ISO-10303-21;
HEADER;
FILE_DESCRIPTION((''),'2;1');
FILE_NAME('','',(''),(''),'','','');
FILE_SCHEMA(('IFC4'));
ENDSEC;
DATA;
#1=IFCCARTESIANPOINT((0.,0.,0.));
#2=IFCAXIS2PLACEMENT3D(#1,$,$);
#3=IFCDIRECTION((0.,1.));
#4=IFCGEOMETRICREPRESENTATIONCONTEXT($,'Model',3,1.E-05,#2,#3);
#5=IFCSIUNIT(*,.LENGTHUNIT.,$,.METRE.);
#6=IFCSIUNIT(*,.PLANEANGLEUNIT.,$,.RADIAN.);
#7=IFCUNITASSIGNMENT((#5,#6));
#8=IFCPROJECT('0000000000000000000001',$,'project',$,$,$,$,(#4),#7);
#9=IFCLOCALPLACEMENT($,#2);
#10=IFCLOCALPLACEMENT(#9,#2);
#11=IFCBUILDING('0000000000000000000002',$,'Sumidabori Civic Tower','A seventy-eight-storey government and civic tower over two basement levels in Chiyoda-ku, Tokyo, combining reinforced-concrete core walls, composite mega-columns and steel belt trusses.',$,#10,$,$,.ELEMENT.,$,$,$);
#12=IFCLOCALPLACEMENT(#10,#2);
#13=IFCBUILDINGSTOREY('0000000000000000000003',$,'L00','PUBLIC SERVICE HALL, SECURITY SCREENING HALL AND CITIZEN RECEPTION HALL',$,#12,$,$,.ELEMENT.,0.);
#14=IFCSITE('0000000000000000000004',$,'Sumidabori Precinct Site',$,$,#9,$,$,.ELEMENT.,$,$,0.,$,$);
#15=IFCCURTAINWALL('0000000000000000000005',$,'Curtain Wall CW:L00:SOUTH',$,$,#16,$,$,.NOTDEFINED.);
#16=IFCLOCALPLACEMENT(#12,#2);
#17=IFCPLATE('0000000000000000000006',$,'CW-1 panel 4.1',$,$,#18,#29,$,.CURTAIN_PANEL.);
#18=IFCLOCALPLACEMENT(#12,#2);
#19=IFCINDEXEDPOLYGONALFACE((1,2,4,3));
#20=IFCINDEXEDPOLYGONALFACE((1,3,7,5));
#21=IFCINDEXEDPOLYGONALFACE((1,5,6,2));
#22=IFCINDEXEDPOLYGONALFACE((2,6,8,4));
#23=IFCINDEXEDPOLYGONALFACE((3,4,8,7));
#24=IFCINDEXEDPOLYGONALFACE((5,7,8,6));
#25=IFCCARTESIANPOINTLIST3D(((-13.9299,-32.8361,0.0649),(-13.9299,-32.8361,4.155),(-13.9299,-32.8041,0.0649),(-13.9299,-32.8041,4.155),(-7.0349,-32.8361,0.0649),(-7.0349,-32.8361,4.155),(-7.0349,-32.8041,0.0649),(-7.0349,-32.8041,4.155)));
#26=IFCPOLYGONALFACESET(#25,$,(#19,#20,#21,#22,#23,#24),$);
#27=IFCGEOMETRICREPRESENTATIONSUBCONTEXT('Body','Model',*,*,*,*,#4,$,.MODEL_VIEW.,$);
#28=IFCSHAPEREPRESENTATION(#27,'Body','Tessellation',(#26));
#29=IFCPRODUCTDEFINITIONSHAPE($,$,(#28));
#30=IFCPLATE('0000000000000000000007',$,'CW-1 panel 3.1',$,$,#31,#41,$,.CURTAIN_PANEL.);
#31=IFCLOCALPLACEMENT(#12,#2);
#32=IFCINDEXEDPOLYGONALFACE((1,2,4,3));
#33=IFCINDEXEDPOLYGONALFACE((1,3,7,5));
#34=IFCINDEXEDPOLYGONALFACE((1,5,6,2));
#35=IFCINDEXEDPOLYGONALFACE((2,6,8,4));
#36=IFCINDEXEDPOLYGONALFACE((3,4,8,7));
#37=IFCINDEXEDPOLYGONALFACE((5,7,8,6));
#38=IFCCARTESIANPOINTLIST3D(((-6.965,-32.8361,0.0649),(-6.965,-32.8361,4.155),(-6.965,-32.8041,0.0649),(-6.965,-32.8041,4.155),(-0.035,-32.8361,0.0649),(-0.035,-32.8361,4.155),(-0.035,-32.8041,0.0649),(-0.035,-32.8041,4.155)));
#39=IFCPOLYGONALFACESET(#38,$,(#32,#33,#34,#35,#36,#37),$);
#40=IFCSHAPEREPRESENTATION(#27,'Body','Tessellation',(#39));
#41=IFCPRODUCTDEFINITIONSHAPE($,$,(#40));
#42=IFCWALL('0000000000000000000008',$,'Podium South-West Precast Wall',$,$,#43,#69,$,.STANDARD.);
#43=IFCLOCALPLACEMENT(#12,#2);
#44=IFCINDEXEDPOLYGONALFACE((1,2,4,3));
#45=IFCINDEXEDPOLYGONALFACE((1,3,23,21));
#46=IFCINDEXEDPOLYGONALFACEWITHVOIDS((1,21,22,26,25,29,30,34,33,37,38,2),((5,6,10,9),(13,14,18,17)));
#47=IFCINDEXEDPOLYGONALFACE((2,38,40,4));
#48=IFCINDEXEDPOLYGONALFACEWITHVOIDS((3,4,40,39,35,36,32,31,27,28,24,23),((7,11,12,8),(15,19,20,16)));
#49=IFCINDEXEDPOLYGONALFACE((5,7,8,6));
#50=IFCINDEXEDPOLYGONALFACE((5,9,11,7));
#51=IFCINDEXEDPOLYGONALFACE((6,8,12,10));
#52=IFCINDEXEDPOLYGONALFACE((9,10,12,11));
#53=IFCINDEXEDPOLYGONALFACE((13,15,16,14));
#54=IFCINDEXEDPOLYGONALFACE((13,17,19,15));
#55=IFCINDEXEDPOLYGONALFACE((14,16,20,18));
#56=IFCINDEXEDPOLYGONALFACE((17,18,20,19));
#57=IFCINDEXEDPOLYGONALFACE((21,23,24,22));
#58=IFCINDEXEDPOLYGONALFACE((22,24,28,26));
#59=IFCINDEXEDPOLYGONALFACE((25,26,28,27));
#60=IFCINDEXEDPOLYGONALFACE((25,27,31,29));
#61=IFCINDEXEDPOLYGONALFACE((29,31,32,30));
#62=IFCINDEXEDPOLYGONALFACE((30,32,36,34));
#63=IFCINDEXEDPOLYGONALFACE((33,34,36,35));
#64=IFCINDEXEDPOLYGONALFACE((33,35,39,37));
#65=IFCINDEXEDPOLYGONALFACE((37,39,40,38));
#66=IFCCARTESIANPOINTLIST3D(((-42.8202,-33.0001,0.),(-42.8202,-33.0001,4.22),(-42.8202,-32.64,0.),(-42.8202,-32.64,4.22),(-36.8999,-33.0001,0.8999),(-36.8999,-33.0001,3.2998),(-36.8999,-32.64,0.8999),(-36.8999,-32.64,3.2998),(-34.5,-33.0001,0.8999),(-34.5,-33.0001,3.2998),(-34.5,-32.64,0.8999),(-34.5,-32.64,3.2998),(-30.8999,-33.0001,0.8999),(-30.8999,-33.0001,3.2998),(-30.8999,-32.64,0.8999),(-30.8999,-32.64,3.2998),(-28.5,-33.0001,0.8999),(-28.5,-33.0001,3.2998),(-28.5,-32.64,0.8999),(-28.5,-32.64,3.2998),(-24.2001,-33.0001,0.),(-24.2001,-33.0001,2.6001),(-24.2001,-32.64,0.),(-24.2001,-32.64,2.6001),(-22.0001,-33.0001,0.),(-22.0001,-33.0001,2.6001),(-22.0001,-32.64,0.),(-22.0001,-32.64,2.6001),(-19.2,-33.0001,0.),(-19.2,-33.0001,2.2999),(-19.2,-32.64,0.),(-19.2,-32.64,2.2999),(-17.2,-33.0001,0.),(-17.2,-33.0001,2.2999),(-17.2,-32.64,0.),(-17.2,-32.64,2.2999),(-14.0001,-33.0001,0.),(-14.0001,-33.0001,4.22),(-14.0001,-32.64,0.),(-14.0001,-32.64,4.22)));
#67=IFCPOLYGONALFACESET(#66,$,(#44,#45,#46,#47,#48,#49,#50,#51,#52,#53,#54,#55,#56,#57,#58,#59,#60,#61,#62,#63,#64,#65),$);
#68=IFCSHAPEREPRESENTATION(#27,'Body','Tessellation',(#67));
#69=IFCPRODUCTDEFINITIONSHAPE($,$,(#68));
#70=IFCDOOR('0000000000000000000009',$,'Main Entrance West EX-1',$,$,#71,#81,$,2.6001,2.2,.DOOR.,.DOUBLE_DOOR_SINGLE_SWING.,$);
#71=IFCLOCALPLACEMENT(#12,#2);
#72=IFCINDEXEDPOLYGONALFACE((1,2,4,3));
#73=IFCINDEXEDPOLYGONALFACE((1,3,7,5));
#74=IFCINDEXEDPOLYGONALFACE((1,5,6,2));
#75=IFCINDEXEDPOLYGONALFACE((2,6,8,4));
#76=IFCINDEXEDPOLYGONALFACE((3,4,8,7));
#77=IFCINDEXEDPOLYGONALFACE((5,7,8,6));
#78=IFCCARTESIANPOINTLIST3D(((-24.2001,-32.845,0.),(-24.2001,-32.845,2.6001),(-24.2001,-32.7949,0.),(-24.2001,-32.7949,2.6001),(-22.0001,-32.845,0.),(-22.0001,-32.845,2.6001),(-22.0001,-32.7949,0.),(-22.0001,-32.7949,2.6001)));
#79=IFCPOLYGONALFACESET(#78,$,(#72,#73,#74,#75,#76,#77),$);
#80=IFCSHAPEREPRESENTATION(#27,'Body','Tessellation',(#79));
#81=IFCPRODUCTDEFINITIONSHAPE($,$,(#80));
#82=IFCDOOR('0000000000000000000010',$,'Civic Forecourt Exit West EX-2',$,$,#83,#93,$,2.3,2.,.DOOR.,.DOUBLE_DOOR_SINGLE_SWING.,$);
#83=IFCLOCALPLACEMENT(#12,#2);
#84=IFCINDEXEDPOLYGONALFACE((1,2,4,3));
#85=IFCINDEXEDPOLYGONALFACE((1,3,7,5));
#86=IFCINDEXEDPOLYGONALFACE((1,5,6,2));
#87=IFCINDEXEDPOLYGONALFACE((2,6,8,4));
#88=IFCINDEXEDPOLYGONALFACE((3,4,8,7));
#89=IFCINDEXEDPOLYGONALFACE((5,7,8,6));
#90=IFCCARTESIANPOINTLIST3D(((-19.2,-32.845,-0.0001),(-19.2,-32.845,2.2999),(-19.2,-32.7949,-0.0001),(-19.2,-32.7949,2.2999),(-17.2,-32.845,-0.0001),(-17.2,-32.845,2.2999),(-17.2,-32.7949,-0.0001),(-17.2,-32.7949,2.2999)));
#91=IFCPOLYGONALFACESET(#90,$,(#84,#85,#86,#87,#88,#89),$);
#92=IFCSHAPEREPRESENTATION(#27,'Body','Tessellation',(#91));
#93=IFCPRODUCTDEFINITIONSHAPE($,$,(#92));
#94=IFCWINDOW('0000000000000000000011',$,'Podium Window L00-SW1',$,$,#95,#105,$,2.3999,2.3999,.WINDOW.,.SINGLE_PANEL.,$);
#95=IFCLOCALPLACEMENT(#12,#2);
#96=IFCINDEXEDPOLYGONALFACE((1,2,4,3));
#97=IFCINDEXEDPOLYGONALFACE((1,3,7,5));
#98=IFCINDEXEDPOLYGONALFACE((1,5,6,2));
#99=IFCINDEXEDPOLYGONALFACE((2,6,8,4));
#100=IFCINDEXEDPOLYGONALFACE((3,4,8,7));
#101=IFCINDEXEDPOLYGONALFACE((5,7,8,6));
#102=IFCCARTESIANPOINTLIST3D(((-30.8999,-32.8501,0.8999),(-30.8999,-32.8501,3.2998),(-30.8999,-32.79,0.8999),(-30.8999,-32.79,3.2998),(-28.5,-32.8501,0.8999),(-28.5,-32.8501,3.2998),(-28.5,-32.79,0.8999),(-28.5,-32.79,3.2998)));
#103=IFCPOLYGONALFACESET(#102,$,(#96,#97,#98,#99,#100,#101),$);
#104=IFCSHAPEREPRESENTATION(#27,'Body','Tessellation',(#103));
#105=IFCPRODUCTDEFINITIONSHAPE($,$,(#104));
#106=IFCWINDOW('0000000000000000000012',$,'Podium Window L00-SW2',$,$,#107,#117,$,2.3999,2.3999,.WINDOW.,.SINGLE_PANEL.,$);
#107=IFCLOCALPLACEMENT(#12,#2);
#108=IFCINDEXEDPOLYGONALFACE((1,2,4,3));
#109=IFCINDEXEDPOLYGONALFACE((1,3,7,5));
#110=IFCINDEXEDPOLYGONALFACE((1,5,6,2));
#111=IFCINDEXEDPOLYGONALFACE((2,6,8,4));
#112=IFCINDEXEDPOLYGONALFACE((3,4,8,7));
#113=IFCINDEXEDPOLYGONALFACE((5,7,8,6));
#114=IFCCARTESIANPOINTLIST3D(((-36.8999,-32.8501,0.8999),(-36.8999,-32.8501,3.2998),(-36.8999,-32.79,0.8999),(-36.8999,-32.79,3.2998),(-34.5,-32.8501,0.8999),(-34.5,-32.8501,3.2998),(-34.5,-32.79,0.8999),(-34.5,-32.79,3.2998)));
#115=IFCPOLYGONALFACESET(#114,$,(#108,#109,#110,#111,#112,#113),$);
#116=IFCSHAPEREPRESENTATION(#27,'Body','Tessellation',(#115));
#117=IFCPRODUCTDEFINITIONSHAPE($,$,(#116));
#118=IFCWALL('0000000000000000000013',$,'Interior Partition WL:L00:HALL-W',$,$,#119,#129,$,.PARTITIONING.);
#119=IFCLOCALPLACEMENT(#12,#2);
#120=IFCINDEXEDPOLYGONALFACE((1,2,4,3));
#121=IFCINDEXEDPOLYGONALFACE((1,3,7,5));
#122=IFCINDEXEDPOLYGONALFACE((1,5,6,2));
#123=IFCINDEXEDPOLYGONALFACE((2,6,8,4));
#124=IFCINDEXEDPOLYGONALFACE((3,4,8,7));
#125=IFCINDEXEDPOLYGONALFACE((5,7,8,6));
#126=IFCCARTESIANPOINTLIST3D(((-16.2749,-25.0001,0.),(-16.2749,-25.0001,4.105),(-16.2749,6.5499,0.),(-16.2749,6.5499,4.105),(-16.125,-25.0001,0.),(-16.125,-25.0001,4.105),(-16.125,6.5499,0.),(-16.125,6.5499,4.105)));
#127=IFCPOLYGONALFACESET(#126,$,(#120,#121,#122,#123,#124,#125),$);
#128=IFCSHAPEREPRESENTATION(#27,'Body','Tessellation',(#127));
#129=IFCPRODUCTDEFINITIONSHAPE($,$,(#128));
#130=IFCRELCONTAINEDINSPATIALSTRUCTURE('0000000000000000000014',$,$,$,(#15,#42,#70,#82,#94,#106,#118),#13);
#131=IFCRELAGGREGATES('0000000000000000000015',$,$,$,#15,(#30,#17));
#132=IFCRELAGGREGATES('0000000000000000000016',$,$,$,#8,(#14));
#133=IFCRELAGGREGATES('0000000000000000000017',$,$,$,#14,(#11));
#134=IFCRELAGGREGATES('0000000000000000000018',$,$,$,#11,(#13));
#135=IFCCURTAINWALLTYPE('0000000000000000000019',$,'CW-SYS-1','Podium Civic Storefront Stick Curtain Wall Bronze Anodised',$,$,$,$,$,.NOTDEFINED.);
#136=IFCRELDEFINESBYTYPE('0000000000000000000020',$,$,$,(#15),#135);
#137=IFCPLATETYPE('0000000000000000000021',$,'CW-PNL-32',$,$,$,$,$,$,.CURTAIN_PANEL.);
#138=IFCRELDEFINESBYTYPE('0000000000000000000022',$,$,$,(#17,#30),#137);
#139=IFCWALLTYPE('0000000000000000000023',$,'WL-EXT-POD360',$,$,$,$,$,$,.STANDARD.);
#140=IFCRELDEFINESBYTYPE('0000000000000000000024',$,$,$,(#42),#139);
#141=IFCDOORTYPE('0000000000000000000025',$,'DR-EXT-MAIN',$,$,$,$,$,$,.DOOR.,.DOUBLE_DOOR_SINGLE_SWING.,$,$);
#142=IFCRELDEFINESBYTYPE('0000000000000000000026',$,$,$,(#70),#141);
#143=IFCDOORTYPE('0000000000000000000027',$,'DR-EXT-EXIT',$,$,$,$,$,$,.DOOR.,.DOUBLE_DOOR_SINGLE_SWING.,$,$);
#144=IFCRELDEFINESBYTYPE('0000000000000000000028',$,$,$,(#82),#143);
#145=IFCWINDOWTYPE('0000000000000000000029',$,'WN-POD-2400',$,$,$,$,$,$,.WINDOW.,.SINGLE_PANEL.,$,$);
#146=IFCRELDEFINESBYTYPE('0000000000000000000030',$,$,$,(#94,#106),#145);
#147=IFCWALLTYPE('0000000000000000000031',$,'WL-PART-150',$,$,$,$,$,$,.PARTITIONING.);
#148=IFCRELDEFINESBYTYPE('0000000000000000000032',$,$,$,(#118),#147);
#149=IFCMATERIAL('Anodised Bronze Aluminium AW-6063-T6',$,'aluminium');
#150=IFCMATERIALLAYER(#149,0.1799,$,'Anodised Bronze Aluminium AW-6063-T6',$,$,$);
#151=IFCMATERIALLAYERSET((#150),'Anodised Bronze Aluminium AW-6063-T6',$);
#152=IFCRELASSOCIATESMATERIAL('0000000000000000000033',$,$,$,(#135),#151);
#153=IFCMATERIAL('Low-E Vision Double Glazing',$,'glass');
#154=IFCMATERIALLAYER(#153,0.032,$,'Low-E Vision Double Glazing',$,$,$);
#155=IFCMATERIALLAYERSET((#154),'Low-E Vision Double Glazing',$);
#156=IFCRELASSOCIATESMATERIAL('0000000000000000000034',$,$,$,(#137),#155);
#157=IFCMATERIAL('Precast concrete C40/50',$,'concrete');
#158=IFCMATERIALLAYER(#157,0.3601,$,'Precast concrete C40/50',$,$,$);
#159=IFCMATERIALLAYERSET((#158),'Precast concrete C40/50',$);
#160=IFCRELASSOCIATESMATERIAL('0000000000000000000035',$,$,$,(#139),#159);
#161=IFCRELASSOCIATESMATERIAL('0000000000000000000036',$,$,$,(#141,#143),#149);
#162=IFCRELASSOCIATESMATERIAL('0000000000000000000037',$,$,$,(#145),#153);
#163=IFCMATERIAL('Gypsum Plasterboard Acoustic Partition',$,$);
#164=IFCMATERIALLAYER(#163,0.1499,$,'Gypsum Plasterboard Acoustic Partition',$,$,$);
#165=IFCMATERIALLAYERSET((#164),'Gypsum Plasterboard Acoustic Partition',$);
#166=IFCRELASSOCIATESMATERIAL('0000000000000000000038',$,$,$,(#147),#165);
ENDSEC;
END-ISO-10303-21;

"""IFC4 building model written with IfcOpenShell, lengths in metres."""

from ifc_helpers import new_model, si_unit, direction, frame, frame_2d, origin, origin_2d, place, context, subcontext, project, spatial, rectangle, extrude, source, transform, mapped, material, layer, layer_set, type_object, element, fill, aggregate, save


model = new_model("IFC4")

# Units and contexts
model_context = context("Model", 3, precision=1e-05, world=origin(), true_north=direction((0.0, 1.0)))
body_context = subcontext(model_context, "Body", "Model", "MODEL_VIEW")
ifc_project = project(units=[si_unit("LENGTHUNIT", "METRE"), si_unit("PLANEANGLEUNIT", "RADIAN")], contexts=[model_context])

# Site, building, storey
site_placement = place(None, origin())
site = spatial("IfcSite", under=ifc_project, at=site_placement, Name="Sumidabori Precinct Site", CompositionType="ELEMENT", RefElevation=0.0)
building_placement = place(site_placement, origin())
building = spatial("IfcBuilding", under=site, at=building_placement, Name="Sumidabori Civic Tower", Description="A seventy-eight-storey government and civic tower over two basement levels in Chiyoda-ku, Tokyo, combining reinforced-concrete core walls, composite mega-columns and steel belt trusses.", CompositionType="ELEMENT")
storey_placement = place(building_placement, origin())
storey = spatial("IfcBuildingStorey", under=building, at=storey_placement, Name="L00", Description="PUBLIC SERVICE HALL, SECURITY SCREENING HALL AND CITIZEN RECEPTION HALL", CompositionType="ELEMENT", Elevation=0.0)

# Curtain wall, plates
ifc_material_1 = material(Name="Anodised Bronze Aluminium AW-6063-T6", Category="aluminium")
ifc_layer_1 = layer(ifc_material_1, 0.1799, Name="Anodised Bronze Aluminium AW-6063-T6")
ifc_layer_set_1 = layer_set([ifc_layer_1], Name="Anodised Bronze Aluminium AW-6063-T6")
curtain_wall_type = type_object("IfcCurtainWallType", Name="CW-SYS-1", Description="Podium Civic Storefront Stick Curtain Wall Bronze Anodised", PredefinedType="NOTDEFINED", material=ifc_layer_set_1)
curtain_wall_placement = place(storey_placement, origin())
curtain_wall = element("IfcCurtainWall", 1, at=curtain_wall_placement, inside=storey, type_object=curtain_wall_type, Name="Curtain Wall CW:L00:SOUTH", PredefinedType="NOTDEFINED")
ifc_material_2 = material(Name="Low-E Vision Double Glazing", Category="glass")
ifc_layer_2 = layer(ifc_material_2, 0.032, Name="Low-E Vision Double Glazing")
ifc_layer_set_2 = layer_set([ifc_layer_2], Name="Low-E Vision Double Glazing")
plate_type = type_object("IfcPlateType", Name="CW-PNL-32", PredefinedType="CURTAIN_PANEL", material=ifc_layer_set_2)
shared_shape_1 = source(origin(), body_context, "Body", "SweptSolid", [
    extrude(rectangle(XDim=6.895, YDim=0.032, at=origin_2d()), origin(), (0.0, 0.0, 1.0), 4.0901),
])
plate_1_placement = place(storey_placement, frame((-10.4824, -32.8201, 0.0649), z_axis=(0.0, 0.0, 1.0), x_axis=(-1.0, 0.0, 0.0)))
plate_1 = element("IfcPlate", 2, at=plate_1_placement, type_object=plate_type, Name="CW-1 panel 4.1", PredefinedType="CURTAIN_PANEL", context=body_context, shape_type="MappedRepresentation", body=[
    mapped(shared_shape_1, transform((0.0, 0.0, 0.0), x_axis=(1.0, 0.0, 0.0), y_axis=(0.0, 1.0, 0.0), z_axis=(0.0, 0.0, 1.0), scale=1.0)),
])
shared_shape_2 = source(origin(), body_context, "Body", "SweptSolid", [
    extrude(rectangle(XDim=6.9299, YDim=0.032, at=origin_2d()), origin(), (0.0, 0.0, 1.0), 4.0901),
])
plate_2_placement = place(storey_placement, frame((-3.5, -32.8201, 0.0649), z_axis=(0.0, 0.0, 1.0), x_axis=(-1.0, 0.0, 0.0)))
plate_2 = element("IfcPlate", 3, at=plate_2_placement, type_object=plate_type, Name="CW-1 panel 3.1", PredefinedType="CURTAIN_PANEL", context=body_context, shape_type="MappedRepresentation", body=[
    mapped(shared_shape_2, transform((0.0, 0.0, 0.0), x_axis=(1.0, 0.0, 0.0), y_axis=(0.0, 1.0, 0.0), z_axis=(0.0, 0.0, 1.0), scale=1.0)),
])
aggregate(curtain_wall, [plate_2, plate_1])

# Wall, openings, doors, windows
ifc_material_3 = material(Name="Precast concrete C40/50", Category="concrete")
ifc_layer_3 = layer(ifc_material_3, 0.3601, Name="Precast concrete C40/50")
ifc_layer_set_3 = layer_set([ifc_layer_3], Name="Precast concrete C40/50")
wall_type_1 = type_object("IfcWallType", Name="WL-EXT-POD360", PredefinedType="STANDARD", material=ifc_layer_set_3)
shared_shape_3 = source(origin(), body_context, "Body", "SweptSolid", [
    extrude(rectangle(XDim=28.8201, YDim=0.3601, at=frame_2d((14.4102, 0.0))), origin(), (0.0, 0.0, 1.0), 4.22),
])
wall_1_placement = place(storey_placement, frame((-14.0, -32.8201, 0.0), z_axis=(0.0, 0.0, 1.0), x_axis=(-1.0, 0.0, 0.0)))
wall_1 = element("IfcWall", 4, at=wall_1_placement, inside=storey, type_object=wall_type_1, Name="Podium South-West Precast Wall", PredefinedType="STANDARD", context=body_context, shape_type="MappedRepresentation", body=[
    mapped(shared_shape_3, transform((0.0, 0.0, 0.0), x_axis=(1.0, 0.0, 0.0), y_axis=(0.0, 1.0, 0.0), z_axis=(0.0, 0.0, 1.0), scale=1.0)),
])
opening_1_placement = place(wall_1_placement, frame((8.0, 0.0, 0.0)))
opening_1 = element("IfcOpeningElement", 5, at=opening_1_placement, cuts=wall_1, PredefinedType="OPENING", context=body_context, shape_type="SweptSolid", body=[
    extrude(rectangle(XDim=2.2, YDim=2.6001, at=frame_2d((1.1001, 1.3))), frame((0.0, 0.1919, 0.0), z_axis=(0.0, -1.0, 0.0), x_axis=(1.0, 0.0, 0.0)), (0.0, 0.0, 1.0), 0.384),
])
opening_2_placement = place(wall_1_placement, frame((3.2, 0.0, 0.0)))
opening_2 = element("IfcOpeningElement", 6, at=opening_2_placement, cuts=wall_1, PredefinedType="OPENING", context=body_context, shape_type="SweptSolid", body=[
    extrude(rectangle(XDim=2.0, YDim=2.3, at=frame_2d((1.0, 1.1499))), frame((0.0, 0.1919, 0.0), z_axis=(0.0, -1.0, 0.0), x_axis=(1.0, 0.0, 0.0)), (0.0, 0.0, 1.0), 0.384),
])
opening_3_placement = place(wall_1_placement, frame((14.5, 0.0, 0.8999)))
opening_3 = element("IfcOpeningElement", 7, at=opening_3_placement, cuts=wall_1, PredefinedType="OPENING", context=body_context, shape_type="SweptSolid", body=[
    extrude(rectangle(XDim=2.3999, YDim=2.3999, at=frame_2d((1.2, 1.2))), frame((0.0, 0.1919, 0.0), z_axis=(0.0, -1.0, 0.0), x_axis=(1.0, 0.0, 0.0)), (0.0, 0.0, 1.0), 0.384),
])
opening_4_placement = place(wall_1_placement, frame((20.5, 0.0, 0.8999)))
opening_4 = element("IfcOpeningElement", 8, at=opening_4_placement, cuts=wall_1, PredefinedType="OPENING", context=body_context, shape_type="SweptSolid", body=[
    extrude(rectangle(XDim=2.3999, YDim=2.3999, at=frame_2d((1.2, 1.2))), frame((0.0, 0.1919, 0.0), z_axis=(0.0, -1.0, 0.0), x_axis=(1.0, 0.0, 0.0)), (0.0, 0.0, 1.0), 0.384),
])
door_type_1 = type_object("IfcDoorType", Name="DR-EXT-MAIN", OperationType="DOUBLE_DOOR_SINGLE_SWING", PredefinedType="DOOR", material=ifc_material_1)
shared_shape_4 = source(origin(), body_context, "Body", "SweptSolid", [
    extrude(rectangle(XDim=2.2, YDim=2.6001, at=frame_2d((1.1001, 1.3))), frame((0.0, 0.0249, 0.0), z_axis=(0.0, -1.0, 0.0), x_axis=(1.0, 0.0, 0.0)), (0.0, 0.0, 1.0), 0.05),
])
door_1_placement = place(opening_1_placement, origin())
door_1 = element("IfcDoor", 9, at=door_1_placement, inside=storey, type_object=door_type_1, Name="Main Entrance West EX-1", OperationType="DOUBLE_DOOR_SINGLE_SWING", OverallHeight=2.6001, OverallWidth=2.2, PredefinedType="DOOR", context=body_context, shape_type="MappedRepresentation", body=[
    mapped(shared_shape_4, transform((0.0, 0.0, 0.0), x_axis=(1.0, 0.0, 0.0), y_axis=(0.0, 1.0, 0.0), z_axis=(0.0, 0.0, 1.0), scale=1.0)),
])
fill(opening_1, door_1)
door_type_2 = type_object("IfcDoorType", Name="DR-EXT-EXIT", OperationType="DOUBLE_DOOR_SINGLE_SWING", PredefinedType="DOOR", material=ifc_material_1)
shared_shape_5 = source(origin(), body_context, "Body", "SweptSolid", [
    extrude(rectangle(XDim=2.0, YDim=2.3, at=frame_2d((1.0, 1.1499))), frame((0.0, 0.0249, 0.0), z_axis=(0.0, -1.0, 0.0), x_axis=(1.0, 0.0, 0.0)), (0.0, 0.0, 1.0), 0.05),
])
door_2_placement = place(opening_2_placement, origin())
door_2 = element("IfcDoor", 10, at=door_2_placement, inside=storey, type_object=door_type_2, Name="Civic Forecourt Exit West EX-2", OperationType="DOUBLE_DOOR_SINGLE_SWING", OverallHeight=2.3, OverallWidth=2.0, PredefinedType="DOOR", context=body_context, shape_type="MappedRepresentation", body=[
    mapped(shared_shape_5, transform((0.0, 0.0, 0.0), x_axis=(1.0, 0.0, 0.0), y_axis=(0.0, 1.0, 0.0), z_axis=(0.0, 0.0, 1.0), scale=1.0)),
])
fill(opening_2, door_2)
window_type = type_object("IfcWindowType", Name="WN-POD-2400", PartitioningType="SINGLE_PANEL", PredefinedType="WINDOW", material=ifc_material_2)
shared_shape_6 = source(origin(), body_context, "Body", "SweptSolid", [
    extrude(rectangle(XDim=2.3999, YDim=2.3999, at=frame_2d((1.2, 1.2))), frame((0.0, 0.03, 0.0), z_axis=(0.0, -1.0, 0.0), x_axis=(1.0, 0.0, 0.0)), (0.0, 0.0, 1.0), 0.0601),
])
window_1_placement = place(opening_3_placement, origin())
window_1 = element("IfcWindow", 11, at=window_1_placement, inside=storey, type_object=window_type, Name="Podium Window L00-SW1", OverallHeight=2.3999, OverallWidth=2.3999, PartitioningType="SINGLE_PANEL", PredefinedType="WINDOW", context=body_context, shape_type="MappedRepresentation", body=[
    mapped(shared_shape_6, transform((0.0, 0.0, 0.0), x_axis=(1.0, 0.0, 0.0), y_axis=(0.0, 1.0, 0.0), z_axis=(0.0, 0.0, 1.0), scale=1.0)),
])
fill(opening_3, window_1)
window_2_placement = place(opening_4_placement, origin())
window_2 = element("IfcWindow", 12, at=window_2_placement, inside=storey, type_object=window_type, Name="Podium Window L00-SW2", OverallHeight=2.3999, OverallWidth=2.3999, PartitioningType="SINGLE_PANEL", PredefinedType="WINDOW", context=body_context, shape_type="MappedRepresentation", body=[
    mapped(shared_shape_6, transform((0.0, 0.0, 0.0), x_axis=(1.0, 0.0, 0.0), y_axis=(0.0, 1.0, 0.0), z_axis=(0.0, 0.0, 1.0), scale=1.0)),
])
fill(opening_4, window_2)

# Wall
ifc_material_4 = material(Name="Gypsum Plasterboard Acoustic Partition")
ifc_layer_4 = layer(ifc_material_4, 0.1499, Name="Gypsum Plasterboard Acoustic Partition")
ifc_layer_set_4 = layer_set([ifc_layer_4], Name="Gypsum Plasterboard Acoustic Partition")
wall_type_2 = type_object("IfcWallType", Name="WL-PART-150", PredefinedType="PARTITIONING", material=ifc_layer_set_4)
shared_shape_7 = source(origin(), body_context, "Body", "SweptSolid", [
    extrude(rectangle(XDim=31.55, YDim=0.1499, at=frame_2d((15.7749, 0.0))), origin(), (0.0, 0.0, 1.0), 4.105),
])
wall_2_placement = place(storey_placement, frame((-16.2, -25.0, 0.0), z_axis=(0.0, 0.0, 1.0), x_axis=(0.0, 1.0, 0.0)))
element("IfcWall", 13, at=wall_2_placement, inside=storey, type_object=wall_type_2, Name="Interior Partition WL:L00:HALL-W", PredefinedType="PARTITIONING", context=body_context, shape_type="MappedRepresentation", body=[
    mapped(shared_shape_7, transform((0.0, 0.0, 0.0), x_axis=(1.0, 0.0, 0.0), y_axis=(0.0, 1.0, 0.0), z_axis=(0.0, 0.0, 1.0), scale=1.0)),
])

save(model, "model.ifc")
